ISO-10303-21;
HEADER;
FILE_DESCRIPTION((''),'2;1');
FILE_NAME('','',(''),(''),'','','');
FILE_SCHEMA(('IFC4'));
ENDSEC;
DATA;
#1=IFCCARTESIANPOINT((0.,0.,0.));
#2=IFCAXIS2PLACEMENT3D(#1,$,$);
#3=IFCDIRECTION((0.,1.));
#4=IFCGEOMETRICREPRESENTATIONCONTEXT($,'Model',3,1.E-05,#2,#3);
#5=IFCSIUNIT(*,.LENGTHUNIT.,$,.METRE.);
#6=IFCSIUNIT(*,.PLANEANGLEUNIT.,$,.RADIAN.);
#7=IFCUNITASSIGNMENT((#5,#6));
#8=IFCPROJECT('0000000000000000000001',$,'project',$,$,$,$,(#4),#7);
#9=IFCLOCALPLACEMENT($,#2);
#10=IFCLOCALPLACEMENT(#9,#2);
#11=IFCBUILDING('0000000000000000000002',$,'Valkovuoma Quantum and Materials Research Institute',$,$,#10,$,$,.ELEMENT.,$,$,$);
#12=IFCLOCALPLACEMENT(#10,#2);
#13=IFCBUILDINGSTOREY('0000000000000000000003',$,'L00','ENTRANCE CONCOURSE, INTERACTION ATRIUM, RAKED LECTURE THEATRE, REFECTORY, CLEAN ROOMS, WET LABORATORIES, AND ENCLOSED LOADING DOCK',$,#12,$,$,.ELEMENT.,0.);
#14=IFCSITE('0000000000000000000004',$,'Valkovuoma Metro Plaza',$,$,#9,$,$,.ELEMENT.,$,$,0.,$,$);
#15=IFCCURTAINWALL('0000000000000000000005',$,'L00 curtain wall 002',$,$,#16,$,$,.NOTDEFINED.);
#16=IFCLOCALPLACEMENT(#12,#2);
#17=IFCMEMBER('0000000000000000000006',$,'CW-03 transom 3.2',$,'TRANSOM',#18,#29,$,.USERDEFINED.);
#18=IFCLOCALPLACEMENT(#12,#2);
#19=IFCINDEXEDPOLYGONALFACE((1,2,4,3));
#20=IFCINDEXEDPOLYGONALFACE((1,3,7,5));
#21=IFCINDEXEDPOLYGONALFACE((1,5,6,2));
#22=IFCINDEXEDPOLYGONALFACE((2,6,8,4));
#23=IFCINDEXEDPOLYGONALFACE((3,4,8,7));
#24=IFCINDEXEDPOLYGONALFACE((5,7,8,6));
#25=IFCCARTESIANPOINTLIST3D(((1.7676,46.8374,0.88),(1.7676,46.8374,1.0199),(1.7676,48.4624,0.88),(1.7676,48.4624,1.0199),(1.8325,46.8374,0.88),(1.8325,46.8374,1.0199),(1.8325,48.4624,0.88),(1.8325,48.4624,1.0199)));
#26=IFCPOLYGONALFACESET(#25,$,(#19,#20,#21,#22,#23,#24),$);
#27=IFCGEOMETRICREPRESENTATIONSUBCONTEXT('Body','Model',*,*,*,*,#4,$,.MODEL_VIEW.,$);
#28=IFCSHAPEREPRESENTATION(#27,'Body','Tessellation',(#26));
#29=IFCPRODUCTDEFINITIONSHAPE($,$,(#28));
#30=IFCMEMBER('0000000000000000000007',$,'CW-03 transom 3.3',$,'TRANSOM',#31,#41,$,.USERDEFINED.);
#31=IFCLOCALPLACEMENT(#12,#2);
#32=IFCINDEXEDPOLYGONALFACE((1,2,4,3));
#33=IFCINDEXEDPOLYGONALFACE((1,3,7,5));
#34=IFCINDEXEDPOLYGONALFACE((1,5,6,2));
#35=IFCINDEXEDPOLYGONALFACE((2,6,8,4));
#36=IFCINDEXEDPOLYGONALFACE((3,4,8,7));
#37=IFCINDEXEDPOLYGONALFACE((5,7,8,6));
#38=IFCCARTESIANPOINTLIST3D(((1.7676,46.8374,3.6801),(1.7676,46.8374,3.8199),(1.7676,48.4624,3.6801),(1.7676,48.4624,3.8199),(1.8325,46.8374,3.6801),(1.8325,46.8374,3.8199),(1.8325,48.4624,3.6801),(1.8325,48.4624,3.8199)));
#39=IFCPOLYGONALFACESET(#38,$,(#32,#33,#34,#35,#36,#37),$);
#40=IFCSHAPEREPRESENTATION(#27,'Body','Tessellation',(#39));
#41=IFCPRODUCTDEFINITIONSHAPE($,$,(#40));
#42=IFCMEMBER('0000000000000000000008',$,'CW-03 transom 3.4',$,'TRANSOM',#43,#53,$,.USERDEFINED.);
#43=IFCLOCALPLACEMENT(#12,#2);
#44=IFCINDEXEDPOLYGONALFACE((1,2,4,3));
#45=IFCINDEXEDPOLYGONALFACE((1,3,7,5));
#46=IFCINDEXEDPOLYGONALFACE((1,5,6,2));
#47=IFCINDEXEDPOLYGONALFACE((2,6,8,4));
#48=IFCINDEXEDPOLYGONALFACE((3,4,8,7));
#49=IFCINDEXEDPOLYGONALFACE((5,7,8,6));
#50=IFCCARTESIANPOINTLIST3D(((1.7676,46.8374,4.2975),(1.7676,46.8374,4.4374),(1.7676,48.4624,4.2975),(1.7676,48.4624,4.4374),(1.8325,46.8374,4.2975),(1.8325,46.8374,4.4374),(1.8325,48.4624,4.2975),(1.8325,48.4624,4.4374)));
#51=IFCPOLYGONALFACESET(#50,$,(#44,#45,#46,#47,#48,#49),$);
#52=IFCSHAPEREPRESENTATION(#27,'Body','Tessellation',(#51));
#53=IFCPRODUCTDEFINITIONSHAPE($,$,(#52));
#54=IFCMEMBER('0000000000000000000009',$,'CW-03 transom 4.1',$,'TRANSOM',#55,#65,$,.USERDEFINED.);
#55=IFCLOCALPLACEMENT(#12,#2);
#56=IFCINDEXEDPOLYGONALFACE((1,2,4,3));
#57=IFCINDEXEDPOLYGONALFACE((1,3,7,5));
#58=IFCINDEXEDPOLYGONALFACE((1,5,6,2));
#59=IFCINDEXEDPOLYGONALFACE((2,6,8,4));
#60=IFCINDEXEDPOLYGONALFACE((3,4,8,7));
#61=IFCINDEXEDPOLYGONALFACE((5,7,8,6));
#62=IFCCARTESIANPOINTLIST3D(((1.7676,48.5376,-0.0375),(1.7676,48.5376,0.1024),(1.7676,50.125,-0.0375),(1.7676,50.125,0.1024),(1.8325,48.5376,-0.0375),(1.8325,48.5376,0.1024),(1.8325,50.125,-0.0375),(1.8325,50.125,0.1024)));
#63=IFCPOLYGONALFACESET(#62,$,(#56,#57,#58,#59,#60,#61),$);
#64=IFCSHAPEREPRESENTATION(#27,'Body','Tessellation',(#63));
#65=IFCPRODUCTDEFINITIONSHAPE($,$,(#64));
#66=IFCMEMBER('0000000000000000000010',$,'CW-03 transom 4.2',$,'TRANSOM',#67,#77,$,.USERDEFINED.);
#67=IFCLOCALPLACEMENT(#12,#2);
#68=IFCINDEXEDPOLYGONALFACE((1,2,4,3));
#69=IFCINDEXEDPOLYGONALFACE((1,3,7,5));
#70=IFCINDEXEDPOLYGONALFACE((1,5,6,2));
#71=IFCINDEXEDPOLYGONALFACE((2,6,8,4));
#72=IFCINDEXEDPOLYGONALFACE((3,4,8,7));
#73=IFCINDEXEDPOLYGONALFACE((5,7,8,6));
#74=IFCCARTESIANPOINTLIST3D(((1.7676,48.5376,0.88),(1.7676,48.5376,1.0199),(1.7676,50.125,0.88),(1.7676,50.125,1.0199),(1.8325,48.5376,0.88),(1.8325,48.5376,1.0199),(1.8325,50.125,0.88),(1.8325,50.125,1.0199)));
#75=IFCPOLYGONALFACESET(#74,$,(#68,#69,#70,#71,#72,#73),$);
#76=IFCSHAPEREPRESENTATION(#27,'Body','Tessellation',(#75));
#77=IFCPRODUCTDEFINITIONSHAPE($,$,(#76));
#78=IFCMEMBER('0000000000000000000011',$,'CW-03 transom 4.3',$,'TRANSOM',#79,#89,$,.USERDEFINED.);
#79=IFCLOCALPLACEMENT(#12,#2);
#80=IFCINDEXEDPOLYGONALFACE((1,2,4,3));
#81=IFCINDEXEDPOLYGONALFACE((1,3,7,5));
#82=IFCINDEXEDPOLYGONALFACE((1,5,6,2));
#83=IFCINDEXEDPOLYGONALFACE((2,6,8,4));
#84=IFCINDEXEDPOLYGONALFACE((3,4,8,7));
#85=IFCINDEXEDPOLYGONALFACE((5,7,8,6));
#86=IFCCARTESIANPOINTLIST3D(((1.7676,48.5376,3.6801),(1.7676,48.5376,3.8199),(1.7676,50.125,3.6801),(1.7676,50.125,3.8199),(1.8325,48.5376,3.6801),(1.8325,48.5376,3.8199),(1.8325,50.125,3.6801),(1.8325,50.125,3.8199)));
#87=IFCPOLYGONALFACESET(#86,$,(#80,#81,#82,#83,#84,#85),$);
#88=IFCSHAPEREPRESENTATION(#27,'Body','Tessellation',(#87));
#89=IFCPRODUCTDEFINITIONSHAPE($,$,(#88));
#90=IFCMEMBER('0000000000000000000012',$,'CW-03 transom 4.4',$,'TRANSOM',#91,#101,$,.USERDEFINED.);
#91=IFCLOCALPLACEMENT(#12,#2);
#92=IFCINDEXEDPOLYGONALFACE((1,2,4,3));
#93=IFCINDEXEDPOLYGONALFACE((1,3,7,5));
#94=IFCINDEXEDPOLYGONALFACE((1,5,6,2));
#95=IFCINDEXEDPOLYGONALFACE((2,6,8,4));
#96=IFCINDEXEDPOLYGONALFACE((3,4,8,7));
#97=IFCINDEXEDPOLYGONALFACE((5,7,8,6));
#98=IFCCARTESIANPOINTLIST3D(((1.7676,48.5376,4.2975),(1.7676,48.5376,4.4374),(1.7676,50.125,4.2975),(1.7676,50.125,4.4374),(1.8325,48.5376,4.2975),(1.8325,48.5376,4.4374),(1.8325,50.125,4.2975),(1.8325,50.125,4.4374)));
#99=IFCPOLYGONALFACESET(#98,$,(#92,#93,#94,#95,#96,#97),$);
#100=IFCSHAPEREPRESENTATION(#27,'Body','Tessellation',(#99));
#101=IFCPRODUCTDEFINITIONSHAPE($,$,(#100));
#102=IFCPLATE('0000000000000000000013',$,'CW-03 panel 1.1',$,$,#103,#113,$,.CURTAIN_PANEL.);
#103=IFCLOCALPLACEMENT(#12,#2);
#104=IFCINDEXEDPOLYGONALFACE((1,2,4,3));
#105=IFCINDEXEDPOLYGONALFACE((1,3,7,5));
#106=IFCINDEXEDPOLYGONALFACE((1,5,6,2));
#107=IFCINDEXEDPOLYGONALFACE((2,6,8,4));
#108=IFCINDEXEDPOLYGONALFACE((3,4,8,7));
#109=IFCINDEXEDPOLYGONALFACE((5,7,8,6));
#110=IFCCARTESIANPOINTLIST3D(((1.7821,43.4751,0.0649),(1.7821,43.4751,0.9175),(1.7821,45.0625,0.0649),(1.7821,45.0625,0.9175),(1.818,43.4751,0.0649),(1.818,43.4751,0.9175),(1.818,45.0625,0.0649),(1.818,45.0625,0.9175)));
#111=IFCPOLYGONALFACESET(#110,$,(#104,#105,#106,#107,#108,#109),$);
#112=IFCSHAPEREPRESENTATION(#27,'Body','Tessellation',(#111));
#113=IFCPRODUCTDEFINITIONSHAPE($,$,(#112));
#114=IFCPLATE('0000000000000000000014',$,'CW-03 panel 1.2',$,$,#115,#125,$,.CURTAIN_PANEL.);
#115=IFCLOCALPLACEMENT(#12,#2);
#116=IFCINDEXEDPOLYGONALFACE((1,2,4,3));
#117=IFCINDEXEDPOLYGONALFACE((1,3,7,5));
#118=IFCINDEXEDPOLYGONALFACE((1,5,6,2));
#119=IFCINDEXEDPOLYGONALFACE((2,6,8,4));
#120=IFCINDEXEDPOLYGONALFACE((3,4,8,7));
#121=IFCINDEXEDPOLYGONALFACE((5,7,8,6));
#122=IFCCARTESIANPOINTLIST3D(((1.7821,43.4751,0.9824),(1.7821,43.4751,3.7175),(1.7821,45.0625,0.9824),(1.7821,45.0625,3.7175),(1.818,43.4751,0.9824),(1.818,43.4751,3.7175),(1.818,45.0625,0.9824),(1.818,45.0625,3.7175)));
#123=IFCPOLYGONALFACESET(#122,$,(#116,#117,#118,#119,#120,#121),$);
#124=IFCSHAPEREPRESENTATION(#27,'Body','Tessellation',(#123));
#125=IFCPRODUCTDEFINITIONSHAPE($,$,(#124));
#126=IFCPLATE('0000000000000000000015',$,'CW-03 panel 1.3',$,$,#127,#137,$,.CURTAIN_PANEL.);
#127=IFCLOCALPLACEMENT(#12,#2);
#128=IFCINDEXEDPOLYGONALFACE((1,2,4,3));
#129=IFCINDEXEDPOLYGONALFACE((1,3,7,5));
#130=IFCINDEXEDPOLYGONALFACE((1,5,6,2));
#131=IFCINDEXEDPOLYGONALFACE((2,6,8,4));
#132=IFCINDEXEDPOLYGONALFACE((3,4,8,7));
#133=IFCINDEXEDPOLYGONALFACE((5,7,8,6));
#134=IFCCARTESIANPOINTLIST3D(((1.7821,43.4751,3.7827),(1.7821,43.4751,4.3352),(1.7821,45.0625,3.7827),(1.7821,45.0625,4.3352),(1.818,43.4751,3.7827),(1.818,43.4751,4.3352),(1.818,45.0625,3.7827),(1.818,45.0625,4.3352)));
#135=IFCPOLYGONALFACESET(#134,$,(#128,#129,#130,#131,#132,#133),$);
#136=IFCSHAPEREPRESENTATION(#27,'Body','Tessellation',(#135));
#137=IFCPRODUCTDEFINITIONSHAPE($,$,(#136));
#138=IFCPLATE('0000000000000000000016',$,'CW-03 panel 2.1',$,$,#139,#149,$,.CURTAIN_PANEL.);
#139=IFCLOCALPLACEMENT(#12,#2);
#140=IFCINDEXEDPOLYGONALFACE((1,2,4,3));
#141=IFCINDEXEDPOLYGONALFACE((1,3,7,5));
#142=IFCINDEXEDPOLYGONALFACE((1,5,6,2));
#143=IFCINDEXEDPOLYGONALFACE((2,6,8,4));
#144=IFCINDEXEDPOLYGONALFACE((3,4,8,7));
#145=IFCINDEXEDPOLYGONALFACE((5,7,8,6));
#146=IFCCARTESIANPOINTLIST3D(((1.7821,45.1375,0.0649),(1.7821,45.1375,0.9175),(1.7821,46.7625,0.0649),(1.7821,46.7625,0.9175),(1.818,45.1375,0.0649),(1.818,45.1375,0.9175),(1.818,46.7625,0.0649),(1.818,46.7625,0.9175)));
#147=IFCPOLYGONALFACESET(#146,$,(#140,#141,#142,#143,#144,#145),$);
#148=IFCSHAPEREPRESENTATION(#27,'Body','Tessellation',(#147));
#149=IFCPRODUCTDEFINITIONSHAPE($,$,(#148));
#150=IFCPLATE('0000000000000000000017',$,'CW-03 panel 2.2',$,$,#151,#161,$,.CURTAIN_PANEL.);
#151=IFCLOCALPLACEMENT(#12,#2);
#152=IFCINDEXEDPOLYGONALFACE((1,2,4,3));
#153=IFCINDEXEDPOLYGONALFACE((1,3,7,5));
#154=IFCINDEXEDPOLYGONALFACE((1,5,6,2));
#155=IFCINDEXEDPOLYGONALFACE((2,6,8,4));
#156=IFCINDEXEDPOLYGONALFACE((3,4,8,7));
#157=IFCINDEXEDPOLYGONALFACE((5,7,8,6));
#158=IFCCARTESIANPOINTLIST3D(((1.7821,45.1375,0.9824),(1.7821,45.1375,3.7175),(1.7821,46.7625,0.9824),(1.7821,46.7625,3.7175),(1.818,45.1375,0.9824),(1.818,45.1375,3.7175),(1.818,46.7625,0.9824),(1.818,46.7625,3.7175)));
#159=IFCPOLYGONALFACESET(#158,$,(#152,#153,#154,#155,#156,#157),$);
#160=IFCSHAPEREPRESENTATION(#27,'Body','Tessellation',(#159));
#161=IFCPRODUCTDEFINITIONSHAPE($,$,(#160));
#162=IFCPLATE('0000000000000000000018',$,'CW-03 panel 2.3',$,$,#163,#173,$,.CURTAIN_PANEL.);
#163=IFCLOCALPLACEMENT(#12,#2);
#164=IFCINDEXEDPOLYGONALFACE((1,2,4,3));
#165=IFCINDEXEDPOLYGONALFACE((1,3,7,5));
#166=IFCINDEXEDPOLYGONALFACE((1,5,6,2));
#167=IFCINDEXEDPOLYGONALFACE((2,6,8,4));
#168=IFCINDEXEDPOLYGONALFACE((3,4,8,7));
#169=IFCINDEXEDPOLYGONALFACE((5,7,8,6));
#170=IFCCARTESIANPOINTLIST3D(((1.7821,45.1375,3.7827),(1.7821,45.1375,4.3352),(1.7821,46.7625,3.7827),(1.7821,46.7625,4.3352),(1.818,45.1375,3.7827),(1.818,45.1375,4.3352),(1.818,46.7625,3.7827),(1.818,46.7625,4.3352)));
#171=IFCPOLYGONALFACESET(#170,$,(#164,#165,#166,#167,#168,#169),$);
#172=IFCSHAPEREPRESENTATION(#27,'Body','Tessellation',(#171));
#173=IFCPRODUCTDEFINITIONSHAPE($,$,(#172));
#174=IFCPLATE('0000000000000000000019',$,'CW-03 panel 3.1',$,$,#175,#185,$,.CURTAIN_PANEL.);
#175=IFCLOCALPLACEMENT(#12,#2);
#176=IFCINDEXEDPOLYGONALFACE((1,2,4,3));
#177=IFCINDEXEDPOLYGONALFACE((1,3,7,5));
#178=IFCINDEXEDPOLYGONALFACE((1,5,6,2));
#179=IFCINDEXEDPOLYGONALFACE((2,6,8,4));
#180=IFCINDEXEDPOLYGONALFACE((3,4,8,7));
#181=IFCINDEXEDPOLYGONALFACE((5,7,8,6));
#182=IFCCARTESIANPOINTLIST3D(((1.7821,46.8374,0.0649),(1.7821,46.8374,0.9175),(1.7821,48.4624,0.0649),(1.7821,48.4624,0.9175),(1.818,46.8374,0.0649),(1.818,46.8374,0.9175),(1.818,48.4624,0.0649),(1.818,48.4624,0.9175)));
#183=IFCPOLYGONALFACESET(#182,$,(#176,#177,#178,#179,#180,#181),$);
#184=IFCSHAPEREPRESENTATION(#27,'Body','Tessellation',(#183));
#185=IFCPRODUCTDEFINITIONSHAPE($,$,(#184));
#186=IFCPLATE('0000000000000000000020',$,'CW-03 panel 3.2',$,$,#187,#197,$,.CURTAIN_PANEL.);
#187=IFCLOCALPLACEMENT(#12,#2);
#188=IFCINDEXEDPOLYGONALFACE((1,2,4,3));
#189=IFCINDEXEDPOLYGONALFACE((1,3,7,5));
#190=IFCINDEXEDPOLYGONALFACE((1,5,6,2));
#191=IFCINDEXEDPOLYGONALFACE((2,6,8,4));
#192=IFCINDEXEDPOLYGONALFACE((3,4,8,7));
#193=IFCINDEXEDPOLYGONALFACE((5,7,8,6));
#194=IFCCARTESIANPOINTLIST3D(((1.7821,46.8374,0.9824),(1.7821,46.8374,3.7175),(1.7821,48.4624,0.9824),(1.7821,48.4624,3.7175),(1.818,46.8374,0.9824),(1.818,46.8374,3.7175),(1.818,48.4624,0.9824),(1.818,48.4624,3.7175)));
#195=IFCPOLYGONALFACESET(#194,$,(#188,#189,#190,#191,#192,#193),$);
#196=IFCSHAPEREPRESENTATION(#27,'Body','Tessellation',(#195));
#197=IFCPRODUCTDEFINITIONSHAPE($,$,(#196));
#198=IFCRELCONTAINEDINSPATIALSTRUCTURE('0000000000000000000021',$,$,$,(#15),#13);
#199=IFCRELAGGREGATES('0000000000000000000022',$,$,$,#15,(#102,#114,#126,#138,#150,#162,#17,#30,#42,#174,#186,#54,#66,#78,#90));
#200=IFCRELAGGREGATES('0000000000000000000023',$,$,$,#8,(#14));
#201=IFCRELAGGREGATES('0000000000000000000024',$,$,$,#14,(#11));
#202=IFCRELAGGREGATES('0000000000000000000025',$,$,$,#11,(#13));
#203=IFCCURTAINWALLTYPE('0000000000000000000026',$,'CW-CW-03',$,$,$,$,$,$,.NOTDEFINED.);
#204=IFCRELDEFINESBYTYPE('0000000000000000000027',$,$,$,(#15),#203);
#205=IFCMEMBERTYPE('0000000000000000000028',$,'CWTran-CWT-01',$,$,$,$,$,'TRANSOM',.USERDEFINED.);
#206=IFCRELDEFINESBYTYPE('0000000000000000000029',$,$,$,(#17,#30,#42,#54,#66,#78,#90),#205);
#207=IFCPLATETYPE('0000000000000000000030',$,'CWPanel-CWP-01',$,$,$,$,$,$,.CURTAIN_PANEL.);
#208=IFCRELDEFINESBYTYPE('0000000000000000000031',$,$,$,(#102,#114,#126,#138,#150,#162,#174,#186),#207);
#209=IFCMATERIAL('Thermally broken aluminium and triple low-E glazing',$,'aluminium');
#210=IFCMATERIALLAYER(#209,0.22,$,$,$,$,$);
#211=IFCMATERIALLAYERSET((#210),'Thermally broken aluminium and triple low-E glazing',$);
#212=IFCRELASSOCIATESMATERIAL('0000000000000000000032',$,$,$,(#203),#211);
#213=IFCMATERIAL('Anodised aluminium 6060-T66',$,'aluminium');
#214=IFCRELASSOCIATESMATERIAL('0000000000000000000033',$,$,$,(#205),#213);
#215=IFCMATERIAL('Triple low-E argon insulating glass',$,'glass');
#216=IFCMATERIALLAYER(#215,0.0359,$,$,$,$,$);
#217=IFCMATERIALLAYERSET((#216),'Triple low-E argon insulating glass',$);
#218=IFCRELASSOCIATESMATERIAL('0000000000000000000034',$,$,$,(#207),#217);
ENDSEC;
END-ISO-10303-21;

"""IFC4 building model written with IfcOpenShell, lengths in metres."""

from ifc_helpers import new_model, si_unit, direction, frame, origin, origin_2d, place, context, subcontext, project, spatial, rectangle, extrude, material, layer, layer_set, material_profile, profile_set, type_object, element, aggregate, save


model = new_model("IFC4")

# Units and contexts
model_context = context("Model", 3, precision=1e-05, world=origin(), true_north=direction((0.0, 1.0)))
body_context = subcontext(model_context, "Body", "Model", "MODEL_VIEW")
ifc_project = project(units=[si_unit("LENGTHUNIT", "METRE"), si_unit("PLANEANGLEUNIT", "RADIAN")], contexts=[model_context])

# Site, building, storey
site_placement = place(None, origin())
site = spatial("IfcSite", under=ifc_project, at=site_placement, Name="Valkovuoma Metro Plaza", CompositionType="ELEMENT", RefElevation=0.0)
building_placement = place(site_placement, origin())
building = spatial("IfcBuilding", under=site, at=building_placement, Name="Valkovuoma Quantum and Materials Research Institute", CompositionType="ELEMENT")
storey_placement = place(building_placement, origin())
storey = spatial("IfcBuildingStorey", under=building, at=storey_placement, Name="L00", Description="ENTRANCE CONCOURSE, INTERACTION ATRIUM, RAKED LECTURE THEATRE, REFECTORY, CLEAN ROOMS, WET LABORATORIES, AND ENCLOSED LOADING DOCK", CompositionType="ELEMENT", Elevation=0.0)

# Curtain wall, members, plates
ifc_material_1 = material(Name="Thermally broken aluminium and triple low-E glazing", Category="aluminium")
ifc_layer_1 = layer(ifc_material_1, 0.22)
ifc_layer_set_1 = layer_set([ifc_layer_1], Name="Thermally broken aluminium and triple low-E glazing")
curtain_wall_type = type_object("IfcCurtainWallType", Name="CW-CW-03", PredefinedType="NOTDEFINED", material=ifc_layer_set_1)
curtain_wall_placement = place(storey_placement, origin())
curtain_wall = element("IfcCurtainWall", 1, at=curtain_wall_placement, inside=storey, type_object=curtain_wall_type, Name="L00 curtain wall 002", PredefinedType="NOTDEFINED")
ifc_material_2 = material(Name="Anodised aluminium 6060-T66", Category="aluminium")
ifc_material_profile_1 = material_profile(ifc_material_2, rectangle(XDim=0.0649, YDim=0.1399, at=origin_2d()), Name="Anodised aluminium 6060-T66")
ifc_profile_set_1 = profile_set([ifc_material_profile_1], Name="Anodised aluminium 6060-T66")
member_type_1 = type_object("IfcMemberType", Name="CWTran-CWT-01", ElementType="TRANSOM", PredefinedType="USERDEFINED", material=ifc_profile_set_1)
member_1_placement = place(storey_placement, frame((1.8, 46.8374, 0.95), z_axis=(0.0, 1.0, 0.0), x_axis=(-1.0, 0.0, 0.0)))
member_1 = element("IfcMember", 2, at=member_1_placement, type_object=member_type_1, Name="CW-03 transom 3.2", ObjectType="TRANSOM", PredefinedType="USERDEFINED", context=body_context, shape_type="SweptSolid", body=[
    extrude(rectangle(XDim=0.0649, YDim=0.1399, at=origin_2d()), origin(), (0.0, 0.0, 1.0), 1.625),
])
member_2_placement = place(storey_placement, frame((1.8, 46.8374, 3.75), z_axis=(0.0, 1.0, 0.0), x_axis=(-1.0, 0.0, 0.0)))
member_2 = element("IfcMember", 3, at=member_2_placement, type_object=member_type_1, Name="CW-03 transom 3.3", ObjectType="TRANSOM", PredefinedType="USERDEFINED", context=body_context, shape_type="SweptSolid", body=[
    extrude(rectangle(XDim=0.0649, YDim=0.1399, at=origin_2d()), origin(), (0.0, 0.0, 1.0), 1.625),
])
member_3_placement = place(storey_placement, frame((1.8, 46.8374, 4.3674), z_axis=(0.0, 1.0, 0.0), x_axis=(-1.0, 0.0, 0.0)))
member_3 = element("IfcMember", 4, at=member_3_placement, type_object=member_type_1, Name="CW-03 transom 3.4", ObjectType="TRANSOM", PredefinedType="USERDEFINED", context=body_context, shape_type="SweptSolid", body=[
    extrude(rectangle(XDim=0.0649, YDim=0.1399, at=origin_2d()), origin(), (0.0, 0.0, 1.0), 1.625),
])
member_4_placement = place(storey_placement, frame((1.8, 48.5376, 0.0325), z_axis=(0.0, 1.0, 0.0), x_axis=(-1.0, 0.0, 0.0)))
member_4 = element("IfcMember", 5, at=member_4_placement, type_object=member_type_1, Name="CW-03 transom 4.1", ObjectType="TRANSOM", PredefinedType="USERDEFINED", context=body_context, shape_type="SweptSolid", body=[
    extrude(rectangle(XDim=0.0649, YDim=0.1399, at=origin_2d()), origin(), (0.0, 0.0, 1.0), 1.5874),
])
member_5_placement = place(storey_placement, frame((1.8, 48.5376, 0.95), z_axis=(0.0, 1.0, 0.0), x_axis=(-1.0, 0.0, 0.0)))
member_5 = element("IfcMember", 6, at=member_5_placement, type_object=member_type_1, Name="CW-03 transom 4.2", ObjectType="TRANSOM", PredefinedType="USERDEFINED", context=body_context, shape_type="SweptSolid", body=[
    extrude(rectangle(XDim=0.0649, YDim=0.1399, at=origin_2d()), origin(), (0.0, 0.0, 1.0), 1.5874),
])
member_6_placement = place(storey_placement, frame((1.8, 48.5376, 3.75), z_axis=(0.0, 1.0, 0.0), x_axis=(-1.0, 0.0, 0.0)))
member_6 = element("IfcMember", 7, at=member_6_placement, type_object=member_type_1, Name="CW-03 transom 4.3", ObjectType="TRANSOM", PredefinedType="USERDEFINED", context=body_context, shape_type="SweptSolid", body=[
    extrude(rectangle(XDim=0.0649, YDim=0.1399, at=origin_2d()), origin(), (0.0, 0.0, 1.0), 1.5874),
])
member_7_placement = place(storey_placement, frame((1.8, 48.5376, 4.3674), z_axis=(0.0, 1.0, 0.0), x_axis=(-1.0, 0.0, 0.0)))
member_7 = element("IfcMember", 8, at=member_7_placement, type_object=member_type_1, Name="CW-03 transom 4.4", ObjectType="TRANSOM", PredefinedType="USERDEFINED", context=body_context, shape_type="SweptSolid", body=[
    extrude(rectangle(XDim=0.0649, YDim=0.1399, at=origin_2d()), origin(), (0.0, 0.0, 1.0), 1.5874),
])
ifc_material_3 = material(Name="Triple low-E argon insulating glass", Category="glass")
ifc_layer_2 = layer(ifc_material_3, 0.0359)
ifc_layer_set_2 = layer_set([ifc_layer_2], Name="Triple low-E argon insulating glass")
plate_type = type_object("IfcPlateType", Name="CWPanel-CWP-01", PredefinedType="CURTAIN_PANEL", material=ifc_layer_set_2)
plate_1_placement = place(storey_placement, frame((1.8, 44.2688, 0.0649), z_axis=(0.0, 0.0, 1.0), x_axis=(0.0, 1.0, 0.0)))
plate_1 = element("IfcPlate", 9, at=plate_1_placement, type_object=plate_type, Name="CW-03 panel 1.1", PredefinedType="CURTAIN_PANEL", context=body_context, shape_type="SweptSolid", body=[
    extrude(rectangle(XDim=1.5874, YDim=0.0359, at=origin_2d()), origin(), (0.0, 0.0, 1.0), 0.8525),
])
plate_2_placement = place(storey_placement, frame((1.8, 44.2688, 0.9824), z_axis=(0.0, 0.0, 1.0), x_axis=(0.0, 1.0, 0.0)))
plate_2 = element("IfcPlate", 10, at=plate_2_placement, type_object=plate_type, Name="CW-03 panel 1.2", PredefinedType="CURTAIN_PANEL", context=body_context, shape_type="SweptSolid", body=[
    extrude(rectangle(XDim=1.5874, YDim=0.0359, at=origin_2d()), origin(), (0.0, 0.0, 1.0), 2.7351),
])
plate_3_placement = place(storey_placement, frame((1.8, 44.2688, 3.7827), z_axis=(0.0, 0.0, 1.0), x_axis=(0.0, 1.0, 0.0)))
plate_3 = element("IfcPlate", 11, at=plate_3_placement, type_object=plate_type, Name="CW-03 panel 1.3", PredefinedType="CURTAIN_PANEL", context=body_context, shape_type="SweptSolid", body=[
    extrude(rectangle(XDim=1.5874, YDim=0.0359, at=origin_2d()), origin(), (0.0, 0.0, 1.0), 0.5525),
])
plate_4_placement = place(storey_placement, frame((1.8, 45.95, 0.0649), z_axis=(0.0, 0.0, 1.0), x_axis=(0.0, 1.0, 0.0)))
plate_4 = element("IfcPlate", 12, at=plate_4_placement, type_object=plate_type, Name="CW-03 panel 2.1", PredefinedType="CURTAIN_PANEL", context=body_context, shape_type="SweptSolid", body=[
    extrude(rectangle(XDim=1.625, YDim=0.0359, at=origin_2d()), origin(), (0.0, 0.0, 1.0), 0.8525),
])
plate_5_placement = place(storey_placement, frame((1.8, 45.95, 0.9824), z_axis=(0.0, 0.0, 1.0), x_axis=(0.0, 1.0, 0.0)))
plate_5 = element("IfcPlate", 13, at=plate_5_placement, type_object=plate_type, Name="CW-03 panel 2.2", PredefinedType="CURTAIN_PANEL", context=body_context, shape_type="SweptSolid", body=[
    extrude(rectangle(XDim=1.625, YDim=0.0359, at=origin_2d()), origin(), (0.0, 0.0, 1.0), 2.7351),
])
plate_6_placement = place(storey_placement, frame((1.8, 45.95, 3.7827), z_axis=(0.0, 0.0, 1.0), x_axis=(0.0, 1.0, 0.0)))
plate_6 = element("IfcPlate", 14, at=plate_6_placement, type_object=plate_type, Name="CW-03 panel 2.3", PredefinedType="CURTAIN_PANEL", context=body_context, shape_type="SweptSolid", body=[
    extrude(rectangle(XDim=1.625, YDim=0.0359, at=origin_2d()), origin(), (0.0, 0.0, 1.0), 0.5525),
])
plate_7_placement = place(storey_placement, frame((1.8, 47.6499, 0.0649), z_axis=(0.0, 0.0, 1.0), x_axis=(0.0, 1.0, 0.0)))
plate_7 = element("IfcPlate", 15, at=plate_7_placement, type_object=plate_type, Name="CW-03 panel 3.1", PredefinedType="CURTAIN_PANEL", context=body_context, shape_type="SweptSolid", body=[
    extrude(rectangle(XDim=1.625, YDim=0.0359, at=origin_2d()), origin(), (0.0, 0.0, 1.0), 0.8525),
])
plate_8_placement = place(storey_placement, frame((1.8, 47.6499, 0.9824), z_axis=(0.0, 0.0, 1.0), x_axis=(0.0, 1.0, 0.0)))
plate_8 = element("IfcPlate", 16, at=plate_8_placement, type_object=plate_type, Name="CW-03 panel 3.2", PredefinedType="CURTAIN_PANEL", context=body_context, shape_type="SweptSolid", body=[
    extrude(rectangle(XDim=1.625, YDim=0.0359, at=origin_2d()), origin(), (0.0, 0.0, 1.0), 2.7351),
])
aggregate(curtain_wall, [plate_1, plate_2, plate_3, plate_4, plate_5, plate_6, member_1, member_2, member_3, plate_7, plate_8, member_4, member_5, member_6, member_7])

save(model, "model.ifc")
